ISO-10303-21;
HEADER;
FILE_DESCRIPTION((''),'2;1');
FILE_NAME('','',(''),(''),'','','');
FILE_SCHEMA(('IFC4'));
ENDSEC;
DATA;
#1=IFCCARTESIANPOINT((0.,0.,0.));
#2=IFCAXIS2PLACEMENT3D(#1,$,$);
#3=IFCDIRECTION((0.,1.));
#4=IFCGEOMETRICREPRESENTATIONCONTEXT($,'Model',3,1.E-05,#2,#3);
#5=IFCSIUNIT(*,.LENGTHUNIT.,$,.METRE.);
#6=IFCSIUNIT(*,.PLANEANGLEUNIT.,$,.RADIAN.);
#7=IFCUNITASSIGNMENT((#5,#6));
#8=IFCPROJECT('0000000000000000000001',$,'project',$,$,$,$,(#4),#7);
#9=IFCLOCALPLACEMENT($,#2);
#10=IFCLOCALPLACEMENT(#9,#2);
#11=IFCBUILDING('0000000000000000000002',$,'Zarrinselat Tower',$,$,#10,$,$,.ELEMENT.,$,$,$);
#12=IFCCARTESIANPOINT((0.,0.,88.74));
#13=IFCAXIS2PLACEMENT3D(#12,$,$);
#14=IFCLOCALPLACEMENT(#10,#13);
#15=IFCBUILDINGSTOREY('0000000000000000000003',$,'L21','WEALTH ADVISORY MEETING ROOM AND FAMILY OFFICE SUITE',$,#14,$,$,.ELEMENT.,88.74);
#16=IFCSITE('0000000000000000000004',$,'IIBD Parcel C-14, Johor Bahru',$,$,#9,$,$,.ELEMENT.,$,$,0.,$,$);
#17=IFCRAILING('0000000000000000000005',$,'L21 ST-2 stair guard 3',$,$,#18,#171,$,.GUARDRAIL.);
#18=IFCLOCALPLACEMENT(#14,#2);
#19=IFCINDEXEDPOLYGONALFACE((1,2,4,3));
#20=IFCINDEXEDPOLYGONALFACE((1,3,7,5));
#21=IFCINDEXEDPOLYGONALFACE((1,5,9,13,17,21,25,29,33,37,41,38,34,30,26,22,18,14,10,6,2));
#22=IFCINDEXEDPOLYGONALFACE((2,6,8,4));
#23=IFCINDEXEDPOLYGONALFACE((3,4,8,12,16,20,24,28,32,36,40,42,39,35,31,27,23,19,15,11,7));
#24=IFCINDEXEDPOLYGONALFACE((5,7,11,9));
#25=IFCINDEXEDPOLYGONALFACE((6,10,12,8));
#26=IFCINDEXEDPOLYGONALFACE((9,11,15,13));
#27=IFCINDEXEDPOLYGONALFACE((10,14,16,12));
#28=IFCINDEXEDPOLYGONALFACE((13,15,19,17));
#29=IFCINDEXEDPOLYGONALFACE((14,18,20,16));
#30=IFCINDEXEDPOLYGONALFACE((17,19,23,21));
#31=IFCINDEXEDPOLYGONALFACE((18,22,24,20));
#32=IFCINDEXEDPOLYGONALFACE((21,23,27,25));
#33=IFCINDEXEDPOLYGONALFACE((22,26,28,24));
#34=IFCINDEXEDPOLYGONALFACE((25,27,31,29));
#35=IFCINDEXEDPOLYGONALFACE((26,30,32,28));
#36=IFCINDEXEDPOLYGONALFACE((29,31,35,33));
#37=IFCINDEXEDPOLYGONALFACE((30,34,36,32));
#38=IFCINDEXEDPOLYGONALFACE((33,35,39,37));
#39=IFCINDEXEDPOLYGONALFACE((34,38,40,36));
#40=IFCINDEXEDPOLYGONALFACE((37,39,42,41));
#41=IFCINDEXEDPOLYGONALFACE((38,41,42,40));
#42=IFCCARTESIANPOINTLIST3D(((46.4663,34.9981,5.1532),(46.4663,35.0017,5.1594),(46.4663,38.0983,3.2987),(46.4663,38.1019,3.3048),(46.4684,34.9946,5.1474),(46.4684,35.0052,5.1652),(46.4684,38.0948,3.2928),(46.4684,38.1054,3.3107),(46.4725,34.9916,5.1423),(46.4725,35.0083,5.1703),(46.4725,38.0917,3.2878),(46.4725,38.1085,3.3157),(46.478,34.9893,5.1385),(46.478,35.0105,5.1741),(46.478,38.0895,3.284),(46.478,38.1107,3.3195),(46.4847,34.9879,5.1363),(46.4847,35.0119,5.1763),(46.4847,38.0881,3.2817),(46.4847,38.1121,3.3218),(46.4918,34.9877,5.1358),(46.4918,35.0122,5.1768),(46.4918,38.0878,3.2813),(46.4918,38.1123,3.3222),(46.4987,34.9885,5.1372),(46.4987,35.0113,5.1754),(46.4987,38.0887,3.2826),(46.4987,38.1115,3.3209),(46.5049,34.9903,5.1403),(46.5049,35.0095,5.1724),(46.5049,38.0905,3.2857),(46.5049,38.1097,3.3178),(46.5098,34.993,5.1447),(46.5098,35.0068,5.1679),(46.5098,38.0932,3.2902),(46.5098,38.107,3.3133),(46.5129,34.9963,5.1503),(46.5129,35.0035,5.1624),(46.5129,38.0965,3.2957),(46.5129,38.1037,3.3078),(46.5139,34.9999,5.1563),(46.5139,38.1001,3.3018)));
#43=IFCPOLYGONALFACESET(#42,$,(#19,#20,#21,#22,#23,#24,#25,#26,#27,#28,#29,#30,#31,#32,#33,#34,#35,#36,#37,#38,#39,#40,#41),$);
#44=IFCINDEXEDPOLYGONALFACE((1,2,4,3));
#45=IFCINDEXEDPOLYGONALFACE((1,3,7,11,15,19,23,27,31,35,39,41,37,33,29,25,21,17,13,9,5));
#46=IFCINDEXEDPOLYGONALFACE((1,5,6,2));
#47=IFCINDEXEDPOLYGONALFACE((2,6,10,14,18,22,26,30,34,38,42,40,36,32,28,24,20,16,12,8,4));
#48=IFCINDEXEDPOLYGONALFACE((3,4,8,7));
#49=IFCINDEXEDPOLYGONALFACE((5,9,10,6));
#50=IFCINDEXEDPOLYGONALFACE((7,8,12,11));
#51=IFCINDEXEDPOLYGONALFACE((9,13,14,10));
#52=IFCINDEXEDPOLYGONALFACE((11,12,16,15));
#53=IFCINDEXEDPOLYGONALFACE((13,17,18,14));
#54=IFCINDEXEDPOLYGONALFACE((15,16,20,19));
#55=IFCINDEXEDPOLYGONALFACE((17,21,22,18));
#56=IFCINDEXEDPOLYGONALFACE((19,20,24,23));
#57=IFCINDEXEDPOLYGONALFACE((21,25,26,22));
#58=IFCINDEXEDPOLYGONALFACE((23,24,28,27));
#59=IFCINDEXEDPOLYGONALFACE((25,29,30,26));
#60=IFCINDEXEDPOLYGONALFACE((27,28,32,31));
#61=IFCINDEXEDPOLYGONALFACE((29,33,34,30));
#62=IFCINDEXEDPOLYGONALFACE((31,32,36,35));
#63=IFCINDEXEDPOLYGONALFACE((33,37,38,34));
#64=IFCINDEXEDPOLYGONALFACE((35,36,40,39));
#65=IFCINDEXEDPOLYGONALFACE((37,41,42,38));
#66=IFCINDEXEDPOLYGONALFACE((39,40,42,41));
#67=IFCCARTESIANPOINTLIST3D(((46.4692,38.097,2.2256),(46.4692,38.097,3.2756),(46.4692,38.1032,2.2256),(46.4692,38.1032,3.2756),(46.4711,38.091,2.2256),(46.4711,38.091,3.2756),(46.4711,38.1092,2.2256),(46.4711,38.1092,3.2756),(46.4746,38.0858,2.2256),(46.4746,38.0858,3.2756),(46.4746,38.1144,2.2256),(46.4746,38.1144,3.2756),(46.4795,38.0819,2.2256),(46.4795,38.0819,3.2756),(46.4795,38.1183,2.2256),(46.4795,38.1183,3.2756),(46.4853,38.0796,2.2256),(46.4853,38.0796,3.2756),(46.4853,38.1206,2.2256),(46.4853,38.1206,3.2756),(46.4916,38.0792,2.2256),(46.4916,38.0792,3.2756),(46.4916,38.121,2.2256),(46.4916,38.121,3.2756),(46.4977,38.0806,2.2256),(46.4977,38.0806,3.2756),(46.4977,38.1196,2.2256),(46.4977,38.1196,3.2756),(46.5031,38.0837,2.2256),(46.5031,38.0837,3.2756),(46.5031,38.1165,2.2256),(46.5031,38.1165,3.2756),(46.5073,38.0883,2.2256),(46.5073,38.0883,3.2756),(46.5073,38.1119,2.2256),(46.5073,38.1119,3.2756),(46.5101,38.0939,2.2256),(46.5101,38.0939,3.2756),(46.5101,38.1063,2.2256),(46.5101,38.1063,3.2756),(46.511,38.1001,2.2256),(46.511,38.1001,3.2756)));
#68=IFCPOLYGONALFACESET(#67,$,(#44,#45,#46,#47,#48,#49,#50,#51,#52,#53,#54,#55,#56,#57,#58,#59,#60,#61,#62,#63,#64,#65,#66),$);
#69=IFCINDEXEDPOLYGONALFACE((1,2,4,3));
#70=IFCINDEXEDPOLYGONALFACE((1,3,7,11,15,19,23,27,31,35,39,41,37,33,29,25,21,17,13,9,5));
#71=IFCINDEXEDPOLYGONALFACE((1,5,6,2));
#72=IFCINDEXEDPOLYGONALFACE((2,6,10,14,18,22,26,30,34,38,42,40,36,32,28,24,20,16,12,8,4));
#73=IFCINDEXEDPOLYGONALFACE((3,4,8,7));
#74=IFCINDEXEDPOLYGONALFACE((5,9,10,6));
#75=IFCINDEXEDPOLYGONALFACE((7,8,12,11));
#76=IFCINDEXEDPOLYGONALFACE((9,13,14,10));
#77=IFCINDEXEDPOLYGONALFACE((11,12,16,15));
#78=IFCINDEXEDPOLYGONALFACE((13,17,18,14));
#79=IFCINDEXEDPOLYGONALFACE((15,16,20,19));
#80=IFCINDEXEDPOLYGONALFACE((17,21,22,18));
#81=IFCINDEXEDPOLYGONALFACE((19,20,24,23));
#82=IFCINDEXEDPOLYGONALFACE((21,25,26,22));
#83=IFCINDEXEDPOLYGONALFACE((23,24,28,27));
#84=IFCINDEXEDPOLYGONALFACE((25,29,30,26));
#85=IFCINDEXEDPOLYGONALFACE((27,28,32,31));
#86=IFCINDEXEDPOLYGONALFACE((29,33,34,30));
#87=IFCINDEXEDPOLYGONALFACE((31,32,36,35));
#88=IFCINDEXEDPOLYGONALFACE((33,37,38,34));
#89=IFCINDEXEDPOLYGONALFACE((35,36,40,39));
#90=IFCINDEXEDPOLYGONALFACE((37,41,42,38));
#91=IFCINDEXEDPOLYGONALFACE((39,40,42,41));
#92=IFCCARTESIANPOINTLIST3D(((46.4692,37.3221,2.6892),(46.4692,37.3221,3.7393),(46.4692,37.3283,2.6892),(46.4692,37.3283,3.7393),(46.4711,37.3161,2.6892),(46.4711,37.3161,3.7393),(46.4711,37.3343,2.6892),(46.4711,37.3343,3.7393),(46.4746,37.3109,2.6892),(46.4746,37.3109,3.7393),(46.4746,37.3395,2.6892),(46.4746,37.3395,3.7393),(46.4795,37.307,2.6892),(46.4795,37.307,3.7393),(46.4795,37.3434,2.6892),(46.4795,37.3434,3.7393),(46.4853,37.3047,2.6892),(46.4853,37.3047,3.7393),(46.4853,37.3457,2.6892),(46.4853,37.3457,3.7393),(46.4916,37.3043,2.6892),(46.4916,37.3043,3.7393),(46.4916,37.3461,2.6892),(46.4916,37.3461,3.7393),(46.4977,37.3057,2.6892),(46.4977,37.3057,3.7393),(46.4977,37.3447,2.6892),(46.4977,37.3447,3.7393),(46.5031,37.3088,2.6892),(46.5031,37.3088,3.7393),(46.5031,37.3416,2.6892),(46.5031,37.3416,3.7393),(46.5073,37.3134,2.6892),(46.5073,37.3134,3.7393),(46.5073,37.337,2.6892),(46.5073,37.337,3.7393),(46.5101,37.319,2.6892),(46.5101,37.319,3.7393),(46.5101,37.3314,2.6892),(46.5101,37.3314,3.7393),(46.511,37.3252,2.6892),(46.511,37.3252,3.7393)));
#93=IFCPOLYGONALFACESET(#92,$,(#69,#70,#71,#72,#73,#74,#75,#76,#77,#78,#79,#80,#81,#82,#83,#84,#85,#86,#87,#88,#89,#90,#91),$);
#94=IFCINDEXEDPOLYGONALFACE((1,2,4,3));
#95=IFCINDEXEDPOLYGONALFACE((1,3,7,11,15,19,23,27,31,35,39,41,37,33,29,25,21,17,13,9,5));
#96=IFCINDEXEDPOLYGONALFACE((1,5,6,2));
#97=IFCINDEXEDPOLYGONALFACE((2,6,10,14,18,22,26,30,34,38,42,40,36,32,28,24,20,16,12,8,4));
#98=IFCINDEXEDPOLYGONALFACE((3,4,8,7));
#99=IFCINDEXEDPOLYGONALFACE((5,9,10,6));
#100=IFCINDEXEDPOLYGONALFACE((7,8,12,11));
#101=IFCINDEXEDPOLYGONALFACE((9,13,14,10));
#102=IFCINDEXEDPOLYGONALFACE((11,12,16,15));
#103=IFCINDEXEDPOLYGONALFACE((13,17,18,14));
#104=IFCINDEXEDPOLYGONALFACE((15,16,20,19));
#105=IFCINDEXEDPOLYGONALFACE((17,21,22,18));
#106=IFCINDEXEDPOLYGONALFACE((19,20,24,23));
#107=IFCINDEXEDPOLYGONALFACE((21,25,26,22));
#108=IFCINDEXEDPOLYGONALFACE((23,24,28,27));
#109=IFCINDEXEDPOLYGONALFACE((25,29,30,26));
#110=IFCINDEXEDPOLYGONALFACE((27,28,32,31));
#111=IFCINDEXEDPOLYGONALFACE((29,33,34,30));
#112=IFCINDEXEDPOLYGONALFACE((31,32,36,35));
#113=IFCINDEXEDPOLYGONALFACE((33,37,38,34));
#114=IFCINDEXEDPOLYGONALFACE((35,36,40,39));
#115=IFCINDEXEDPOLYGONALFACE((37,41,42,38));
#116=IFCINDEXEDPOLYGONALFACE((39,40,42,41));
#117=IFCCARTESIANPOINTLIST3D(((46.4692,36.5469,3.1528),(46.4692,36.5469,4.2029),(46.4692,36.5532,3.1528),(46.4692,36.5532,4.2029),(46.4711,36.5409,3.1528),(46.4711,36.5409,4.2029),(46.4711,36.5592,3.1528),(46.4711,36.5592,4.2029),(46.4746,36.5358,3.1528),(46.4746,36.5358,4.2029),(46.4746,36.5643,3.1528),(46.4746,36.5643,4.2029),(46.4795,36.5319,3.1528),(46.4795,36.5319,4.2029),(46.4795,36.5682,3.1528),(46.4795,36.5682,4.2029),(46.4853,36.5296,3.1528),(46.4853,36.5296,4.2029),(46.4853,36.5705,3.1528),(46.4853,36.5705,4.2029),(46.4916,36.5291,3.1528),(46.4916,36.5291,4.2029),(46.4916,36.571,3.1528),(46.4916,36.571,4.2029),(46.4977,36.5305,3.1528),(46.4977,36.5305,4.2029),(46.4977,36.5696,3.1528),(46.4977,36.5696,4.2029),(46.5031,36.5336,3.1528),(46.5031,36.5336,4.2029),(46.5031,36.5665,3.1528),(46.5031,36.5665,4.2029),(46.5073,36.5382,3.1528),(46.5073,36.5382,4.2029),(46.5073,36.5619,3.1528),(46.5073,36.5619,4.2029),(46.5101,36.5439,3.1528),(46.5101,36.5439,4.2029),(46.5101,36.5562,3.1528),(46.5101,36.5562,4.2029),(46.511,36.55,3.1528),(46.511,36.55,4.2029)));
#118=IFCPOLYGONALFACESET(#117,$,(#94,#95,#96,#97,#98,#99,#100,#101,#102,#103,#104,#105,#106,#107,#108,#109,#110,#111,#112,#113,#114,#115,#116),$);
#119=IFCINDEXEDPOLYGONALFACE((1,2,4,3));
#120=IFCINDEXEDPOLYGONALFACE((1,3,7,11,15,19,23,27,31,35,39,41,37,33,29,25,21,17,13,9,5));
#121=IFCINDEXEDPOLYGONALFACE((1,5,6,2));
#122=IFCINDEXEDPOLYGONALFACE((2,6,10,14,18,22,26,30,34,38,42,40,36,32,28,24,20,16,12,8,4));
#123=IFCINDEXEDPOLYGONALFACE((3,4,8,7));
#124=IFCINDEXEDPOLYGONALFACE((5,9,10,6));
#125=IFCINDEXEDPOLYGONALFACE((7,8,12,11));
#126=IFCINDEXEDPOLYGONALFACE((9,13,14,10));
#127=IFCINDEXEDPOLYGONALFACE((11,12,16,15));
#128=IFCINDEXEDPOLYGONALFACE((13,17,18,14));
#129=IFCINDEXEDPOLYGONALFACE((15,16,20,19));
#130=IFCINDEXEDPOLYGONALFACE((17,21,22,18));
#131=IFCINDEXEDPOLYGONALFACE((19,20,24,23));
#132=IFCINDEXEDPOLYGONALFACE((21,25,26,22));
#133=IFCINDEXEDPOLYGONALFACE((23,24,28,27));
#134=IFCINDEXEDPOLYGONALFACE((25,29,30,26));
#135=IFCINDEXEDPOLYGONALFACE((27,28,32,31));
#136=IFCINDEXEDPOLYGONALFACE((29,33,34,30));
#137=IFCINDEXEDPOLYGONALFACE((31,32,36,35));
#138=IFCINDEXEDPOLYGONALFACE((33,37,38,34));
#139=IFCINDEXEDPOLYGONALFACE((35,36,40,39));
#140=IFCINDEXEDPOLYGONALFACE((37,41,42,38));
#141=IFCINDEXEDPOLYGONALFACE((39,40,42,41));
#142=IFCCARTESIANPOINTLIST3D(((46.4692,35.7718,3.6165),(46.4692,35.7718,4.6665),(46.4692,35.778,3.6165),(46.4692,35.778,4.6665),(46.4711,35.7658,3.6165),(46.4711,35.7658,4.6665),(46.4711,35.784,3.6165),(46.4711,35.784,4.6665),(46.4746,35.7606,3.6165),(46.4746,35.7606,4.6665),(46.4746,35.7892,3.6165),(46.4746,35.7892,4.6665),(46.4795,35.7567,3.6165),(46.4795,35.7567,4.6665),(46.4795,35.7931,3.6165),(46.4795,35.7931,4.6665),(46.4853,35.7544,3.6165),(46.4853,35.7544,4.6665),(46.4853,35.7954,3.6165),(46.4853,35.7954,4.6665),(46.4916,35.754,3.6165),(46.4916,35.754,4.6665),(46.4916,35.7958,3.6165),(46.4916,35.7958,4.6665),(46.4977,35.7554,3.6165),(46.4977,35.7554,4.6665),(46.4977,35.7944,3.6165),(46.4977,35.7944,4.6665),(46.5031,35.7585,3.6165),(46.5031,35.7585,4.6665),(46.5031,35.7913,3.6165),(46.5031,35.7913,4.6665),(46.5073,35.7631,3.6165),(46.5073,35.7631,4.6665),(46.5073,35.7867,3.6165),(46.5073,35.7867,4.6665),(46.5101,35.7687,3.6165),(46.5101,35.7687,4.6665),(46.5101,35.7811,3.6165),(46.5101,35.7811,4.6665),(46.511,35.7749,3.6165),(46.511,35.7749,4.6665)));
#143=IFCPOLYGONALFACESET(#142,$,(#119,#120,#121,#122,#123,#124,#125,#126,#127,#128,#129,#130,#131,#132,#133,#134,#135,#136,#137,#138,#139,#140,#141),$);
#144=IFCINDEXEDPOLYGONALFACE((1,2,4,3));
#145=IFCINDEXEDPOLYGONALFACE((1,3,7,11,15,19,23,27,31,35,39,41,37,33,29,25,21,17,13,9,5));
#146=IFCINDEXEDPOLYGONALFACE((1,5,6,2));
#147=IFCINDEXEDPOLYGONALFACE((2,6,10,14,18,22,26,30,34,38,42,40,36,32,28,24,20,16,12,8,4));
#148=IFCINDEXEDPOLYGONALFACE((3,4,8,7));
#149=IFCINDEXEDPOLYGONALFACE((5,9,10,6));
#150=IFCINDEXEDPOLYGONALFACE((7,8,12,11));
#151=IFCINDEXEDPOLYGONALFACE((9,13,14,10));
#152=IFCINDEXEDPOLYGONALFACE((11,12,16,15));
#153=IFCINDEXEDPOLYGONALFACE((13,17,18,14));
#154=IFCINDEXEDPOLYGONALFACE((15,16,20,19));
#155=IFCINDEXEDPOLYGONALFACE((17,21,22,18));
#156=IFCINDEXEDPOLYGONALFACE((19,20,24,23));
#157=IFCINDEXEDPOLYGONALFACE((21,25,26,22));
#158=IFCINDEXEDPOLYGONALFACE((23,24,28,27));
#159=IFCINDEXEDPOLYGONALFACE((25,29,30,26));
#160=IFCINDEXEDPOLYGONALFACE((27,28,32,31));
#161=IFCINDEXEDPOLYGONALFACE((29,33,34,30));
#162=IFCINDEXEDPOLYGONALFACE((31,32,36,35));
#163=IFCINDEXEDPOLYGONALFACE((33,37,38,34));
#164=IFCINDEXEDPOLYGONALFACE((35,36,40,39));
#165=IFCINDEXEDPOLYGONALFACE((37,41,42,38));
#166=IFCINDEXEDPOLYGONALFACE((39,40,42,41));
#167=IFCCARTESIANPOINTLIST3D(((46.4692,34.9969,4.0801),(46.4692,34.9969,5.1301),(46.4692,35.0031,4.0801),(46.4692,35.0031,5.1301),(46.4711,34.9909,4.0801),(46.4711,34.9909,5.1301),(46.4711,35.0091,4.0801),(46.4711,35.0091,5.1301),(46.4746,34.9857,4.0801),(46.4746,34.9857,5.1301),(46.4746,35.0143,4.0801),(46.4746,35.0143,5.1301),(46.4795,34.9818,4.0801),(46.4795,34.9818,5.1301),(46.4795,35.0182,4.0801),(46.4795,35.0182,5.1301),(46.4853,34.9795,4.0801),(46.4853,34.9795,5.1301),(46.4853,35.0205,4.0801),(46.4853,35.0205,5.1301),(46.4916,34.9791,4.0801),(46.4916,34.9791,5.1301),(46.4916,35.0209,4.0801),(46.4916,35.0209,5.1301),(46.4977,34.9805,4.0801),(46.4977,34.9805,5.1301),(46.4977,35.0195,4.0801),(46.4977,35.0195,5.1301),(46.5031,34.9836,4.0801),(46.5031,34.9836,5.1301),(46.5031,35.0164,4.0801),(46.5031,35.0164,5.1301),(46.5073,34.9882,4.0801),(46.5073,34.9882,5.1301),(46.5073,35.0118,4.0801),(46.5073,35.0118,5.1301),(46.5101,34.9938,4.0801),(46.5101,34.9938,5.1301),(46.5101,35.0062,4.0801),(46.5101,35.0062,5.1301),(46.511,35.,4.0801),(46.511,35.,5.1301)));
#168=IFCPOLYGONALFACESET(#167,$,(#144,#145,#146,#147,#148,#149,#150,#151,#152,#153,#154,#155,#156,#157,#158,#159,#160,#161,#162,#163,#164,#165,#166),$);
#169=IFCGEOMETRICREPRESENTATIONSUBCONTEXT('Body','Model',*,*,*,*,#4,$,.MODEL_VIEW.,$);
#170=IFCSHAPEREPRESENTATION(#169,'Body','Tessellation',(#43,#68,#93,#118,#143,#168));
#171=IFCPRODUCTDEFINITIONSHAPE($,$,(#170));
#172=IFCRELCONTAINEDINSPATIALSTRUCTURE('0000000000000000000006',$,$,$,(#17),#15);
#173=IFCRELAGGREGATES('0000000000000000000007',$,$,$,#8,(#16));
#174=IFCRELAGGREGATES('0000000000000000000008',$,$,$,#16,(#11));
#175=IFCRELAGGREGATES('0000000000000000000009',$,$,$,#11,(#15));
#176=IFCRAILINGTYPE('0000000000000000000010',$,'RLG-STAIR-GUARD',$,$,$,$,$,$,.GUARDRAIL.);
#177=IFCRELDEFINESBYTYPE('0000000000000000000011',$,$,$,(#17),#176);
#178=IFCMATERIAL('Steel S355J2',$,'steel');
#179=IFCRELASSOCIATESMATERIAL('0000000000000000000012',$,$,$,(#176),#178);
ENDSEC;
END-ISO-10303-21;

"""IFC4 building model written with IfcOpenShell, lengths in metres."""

from ifc_helpers import new_model, si_unit, direction, frame, origin, origin_2d, place, context, subcontext, project, spatial, circle, extrude, material, type_object, element, save


model = new_model("IFC4")

# Units and contexts
model_context = context("Model", 3, precision=1e-05, world=origin(), true_north=direction((0.0, 1.0)))
body_context = subcontext(model_context, "Body", "Model", "MODEL_VIEW")
ifc_project = project(units=[si_unit("LENGTHUNIT", "METRE"), si_unit("PLANEANGLEUNIT", "RADIAN")], contexts=[model_context])

# Site, building, storey
site_placement = place(None, origin())
site = spatial("IfcSite", under=ifc_project, at=site_placement, Name="IIBD Parcel C-14, Johor Bahru", CompositionType="ELEMENT", RefElevation=0.0)
building_placement = place(site_placement, origin())
building = spatial("IfcBuilding", under=site, at=building_placement, Name="Zarrinselat Tower", CompositionType="ELEMENT")
storey_placement = place(building_placement, frame((0.0, 0.0, 88.74)))
storey = spatial("IfcBuildingStorey", under=building, at=storey_placement, Name="L21", Description="WEALTH ADVISORY MEETING ROOM AND FAMILY OFFICE SUITE", CompositionType="ELEMENT", Elevation=88.74)

# Railing
ifc_material_1 = material(Name="Steel S355J2", Category="steel")
railing_type_1 = type_object("IfcRailingType", Name="RLG-STAIR-GUARD", PredefinedType="GUARDRAIL", material=ifc_material_1)
railing_1_placement = place(storey_placement, frame((46.49, 38.1001, 2.2256)))
element("IfcRailing", 1, at=railing_1_placement, inside=storey, type_object=railing_type_1, Name="L21 ST-2 stair guard 3", PredefinedType="GUARDRAIL", context=body_context, shape_type="SweptSolid", body=[
    extrude(circle(Radius=0.0239, at=origin_2d()), frame((0.0, 0.0, 1.0762), z_axis=(0.0, -0.858172, 0.513362), x_axis=(1.0, 0.0, 0.0)), (0.0, 0.0, 1.0), 3.6125),
    extrude(circle(Radius=0.021, at=origin_2d()), origin(), (0.0, 0.0, 1.0), 1.05),
    extrude(circle(Radius=0.021, at=origin_2d()), frame((0.0, -0.7749, 0.4636)), (0.0, 0.0, 1.0), 1.05),
    extrude(circle(Radius=0.021, at=origin_2d()), frame((0.0, -1.55, 0.9272)), (0.0, 0.0, 1.0), 1.05),
    extrude(circle(Radius=0.021, at=origin_2d()), frame((0.0, -2.3252, 1.3909)), (0.0, 0.0, 1.0), 1.05),
    extrude(circle(Radius=0.021, at=origin_2d()), frame((0.0, -3.1001, 1.8545)), (0.0, 0.0, 1.0), 1.05),
])

save(model, "model.ifc")
